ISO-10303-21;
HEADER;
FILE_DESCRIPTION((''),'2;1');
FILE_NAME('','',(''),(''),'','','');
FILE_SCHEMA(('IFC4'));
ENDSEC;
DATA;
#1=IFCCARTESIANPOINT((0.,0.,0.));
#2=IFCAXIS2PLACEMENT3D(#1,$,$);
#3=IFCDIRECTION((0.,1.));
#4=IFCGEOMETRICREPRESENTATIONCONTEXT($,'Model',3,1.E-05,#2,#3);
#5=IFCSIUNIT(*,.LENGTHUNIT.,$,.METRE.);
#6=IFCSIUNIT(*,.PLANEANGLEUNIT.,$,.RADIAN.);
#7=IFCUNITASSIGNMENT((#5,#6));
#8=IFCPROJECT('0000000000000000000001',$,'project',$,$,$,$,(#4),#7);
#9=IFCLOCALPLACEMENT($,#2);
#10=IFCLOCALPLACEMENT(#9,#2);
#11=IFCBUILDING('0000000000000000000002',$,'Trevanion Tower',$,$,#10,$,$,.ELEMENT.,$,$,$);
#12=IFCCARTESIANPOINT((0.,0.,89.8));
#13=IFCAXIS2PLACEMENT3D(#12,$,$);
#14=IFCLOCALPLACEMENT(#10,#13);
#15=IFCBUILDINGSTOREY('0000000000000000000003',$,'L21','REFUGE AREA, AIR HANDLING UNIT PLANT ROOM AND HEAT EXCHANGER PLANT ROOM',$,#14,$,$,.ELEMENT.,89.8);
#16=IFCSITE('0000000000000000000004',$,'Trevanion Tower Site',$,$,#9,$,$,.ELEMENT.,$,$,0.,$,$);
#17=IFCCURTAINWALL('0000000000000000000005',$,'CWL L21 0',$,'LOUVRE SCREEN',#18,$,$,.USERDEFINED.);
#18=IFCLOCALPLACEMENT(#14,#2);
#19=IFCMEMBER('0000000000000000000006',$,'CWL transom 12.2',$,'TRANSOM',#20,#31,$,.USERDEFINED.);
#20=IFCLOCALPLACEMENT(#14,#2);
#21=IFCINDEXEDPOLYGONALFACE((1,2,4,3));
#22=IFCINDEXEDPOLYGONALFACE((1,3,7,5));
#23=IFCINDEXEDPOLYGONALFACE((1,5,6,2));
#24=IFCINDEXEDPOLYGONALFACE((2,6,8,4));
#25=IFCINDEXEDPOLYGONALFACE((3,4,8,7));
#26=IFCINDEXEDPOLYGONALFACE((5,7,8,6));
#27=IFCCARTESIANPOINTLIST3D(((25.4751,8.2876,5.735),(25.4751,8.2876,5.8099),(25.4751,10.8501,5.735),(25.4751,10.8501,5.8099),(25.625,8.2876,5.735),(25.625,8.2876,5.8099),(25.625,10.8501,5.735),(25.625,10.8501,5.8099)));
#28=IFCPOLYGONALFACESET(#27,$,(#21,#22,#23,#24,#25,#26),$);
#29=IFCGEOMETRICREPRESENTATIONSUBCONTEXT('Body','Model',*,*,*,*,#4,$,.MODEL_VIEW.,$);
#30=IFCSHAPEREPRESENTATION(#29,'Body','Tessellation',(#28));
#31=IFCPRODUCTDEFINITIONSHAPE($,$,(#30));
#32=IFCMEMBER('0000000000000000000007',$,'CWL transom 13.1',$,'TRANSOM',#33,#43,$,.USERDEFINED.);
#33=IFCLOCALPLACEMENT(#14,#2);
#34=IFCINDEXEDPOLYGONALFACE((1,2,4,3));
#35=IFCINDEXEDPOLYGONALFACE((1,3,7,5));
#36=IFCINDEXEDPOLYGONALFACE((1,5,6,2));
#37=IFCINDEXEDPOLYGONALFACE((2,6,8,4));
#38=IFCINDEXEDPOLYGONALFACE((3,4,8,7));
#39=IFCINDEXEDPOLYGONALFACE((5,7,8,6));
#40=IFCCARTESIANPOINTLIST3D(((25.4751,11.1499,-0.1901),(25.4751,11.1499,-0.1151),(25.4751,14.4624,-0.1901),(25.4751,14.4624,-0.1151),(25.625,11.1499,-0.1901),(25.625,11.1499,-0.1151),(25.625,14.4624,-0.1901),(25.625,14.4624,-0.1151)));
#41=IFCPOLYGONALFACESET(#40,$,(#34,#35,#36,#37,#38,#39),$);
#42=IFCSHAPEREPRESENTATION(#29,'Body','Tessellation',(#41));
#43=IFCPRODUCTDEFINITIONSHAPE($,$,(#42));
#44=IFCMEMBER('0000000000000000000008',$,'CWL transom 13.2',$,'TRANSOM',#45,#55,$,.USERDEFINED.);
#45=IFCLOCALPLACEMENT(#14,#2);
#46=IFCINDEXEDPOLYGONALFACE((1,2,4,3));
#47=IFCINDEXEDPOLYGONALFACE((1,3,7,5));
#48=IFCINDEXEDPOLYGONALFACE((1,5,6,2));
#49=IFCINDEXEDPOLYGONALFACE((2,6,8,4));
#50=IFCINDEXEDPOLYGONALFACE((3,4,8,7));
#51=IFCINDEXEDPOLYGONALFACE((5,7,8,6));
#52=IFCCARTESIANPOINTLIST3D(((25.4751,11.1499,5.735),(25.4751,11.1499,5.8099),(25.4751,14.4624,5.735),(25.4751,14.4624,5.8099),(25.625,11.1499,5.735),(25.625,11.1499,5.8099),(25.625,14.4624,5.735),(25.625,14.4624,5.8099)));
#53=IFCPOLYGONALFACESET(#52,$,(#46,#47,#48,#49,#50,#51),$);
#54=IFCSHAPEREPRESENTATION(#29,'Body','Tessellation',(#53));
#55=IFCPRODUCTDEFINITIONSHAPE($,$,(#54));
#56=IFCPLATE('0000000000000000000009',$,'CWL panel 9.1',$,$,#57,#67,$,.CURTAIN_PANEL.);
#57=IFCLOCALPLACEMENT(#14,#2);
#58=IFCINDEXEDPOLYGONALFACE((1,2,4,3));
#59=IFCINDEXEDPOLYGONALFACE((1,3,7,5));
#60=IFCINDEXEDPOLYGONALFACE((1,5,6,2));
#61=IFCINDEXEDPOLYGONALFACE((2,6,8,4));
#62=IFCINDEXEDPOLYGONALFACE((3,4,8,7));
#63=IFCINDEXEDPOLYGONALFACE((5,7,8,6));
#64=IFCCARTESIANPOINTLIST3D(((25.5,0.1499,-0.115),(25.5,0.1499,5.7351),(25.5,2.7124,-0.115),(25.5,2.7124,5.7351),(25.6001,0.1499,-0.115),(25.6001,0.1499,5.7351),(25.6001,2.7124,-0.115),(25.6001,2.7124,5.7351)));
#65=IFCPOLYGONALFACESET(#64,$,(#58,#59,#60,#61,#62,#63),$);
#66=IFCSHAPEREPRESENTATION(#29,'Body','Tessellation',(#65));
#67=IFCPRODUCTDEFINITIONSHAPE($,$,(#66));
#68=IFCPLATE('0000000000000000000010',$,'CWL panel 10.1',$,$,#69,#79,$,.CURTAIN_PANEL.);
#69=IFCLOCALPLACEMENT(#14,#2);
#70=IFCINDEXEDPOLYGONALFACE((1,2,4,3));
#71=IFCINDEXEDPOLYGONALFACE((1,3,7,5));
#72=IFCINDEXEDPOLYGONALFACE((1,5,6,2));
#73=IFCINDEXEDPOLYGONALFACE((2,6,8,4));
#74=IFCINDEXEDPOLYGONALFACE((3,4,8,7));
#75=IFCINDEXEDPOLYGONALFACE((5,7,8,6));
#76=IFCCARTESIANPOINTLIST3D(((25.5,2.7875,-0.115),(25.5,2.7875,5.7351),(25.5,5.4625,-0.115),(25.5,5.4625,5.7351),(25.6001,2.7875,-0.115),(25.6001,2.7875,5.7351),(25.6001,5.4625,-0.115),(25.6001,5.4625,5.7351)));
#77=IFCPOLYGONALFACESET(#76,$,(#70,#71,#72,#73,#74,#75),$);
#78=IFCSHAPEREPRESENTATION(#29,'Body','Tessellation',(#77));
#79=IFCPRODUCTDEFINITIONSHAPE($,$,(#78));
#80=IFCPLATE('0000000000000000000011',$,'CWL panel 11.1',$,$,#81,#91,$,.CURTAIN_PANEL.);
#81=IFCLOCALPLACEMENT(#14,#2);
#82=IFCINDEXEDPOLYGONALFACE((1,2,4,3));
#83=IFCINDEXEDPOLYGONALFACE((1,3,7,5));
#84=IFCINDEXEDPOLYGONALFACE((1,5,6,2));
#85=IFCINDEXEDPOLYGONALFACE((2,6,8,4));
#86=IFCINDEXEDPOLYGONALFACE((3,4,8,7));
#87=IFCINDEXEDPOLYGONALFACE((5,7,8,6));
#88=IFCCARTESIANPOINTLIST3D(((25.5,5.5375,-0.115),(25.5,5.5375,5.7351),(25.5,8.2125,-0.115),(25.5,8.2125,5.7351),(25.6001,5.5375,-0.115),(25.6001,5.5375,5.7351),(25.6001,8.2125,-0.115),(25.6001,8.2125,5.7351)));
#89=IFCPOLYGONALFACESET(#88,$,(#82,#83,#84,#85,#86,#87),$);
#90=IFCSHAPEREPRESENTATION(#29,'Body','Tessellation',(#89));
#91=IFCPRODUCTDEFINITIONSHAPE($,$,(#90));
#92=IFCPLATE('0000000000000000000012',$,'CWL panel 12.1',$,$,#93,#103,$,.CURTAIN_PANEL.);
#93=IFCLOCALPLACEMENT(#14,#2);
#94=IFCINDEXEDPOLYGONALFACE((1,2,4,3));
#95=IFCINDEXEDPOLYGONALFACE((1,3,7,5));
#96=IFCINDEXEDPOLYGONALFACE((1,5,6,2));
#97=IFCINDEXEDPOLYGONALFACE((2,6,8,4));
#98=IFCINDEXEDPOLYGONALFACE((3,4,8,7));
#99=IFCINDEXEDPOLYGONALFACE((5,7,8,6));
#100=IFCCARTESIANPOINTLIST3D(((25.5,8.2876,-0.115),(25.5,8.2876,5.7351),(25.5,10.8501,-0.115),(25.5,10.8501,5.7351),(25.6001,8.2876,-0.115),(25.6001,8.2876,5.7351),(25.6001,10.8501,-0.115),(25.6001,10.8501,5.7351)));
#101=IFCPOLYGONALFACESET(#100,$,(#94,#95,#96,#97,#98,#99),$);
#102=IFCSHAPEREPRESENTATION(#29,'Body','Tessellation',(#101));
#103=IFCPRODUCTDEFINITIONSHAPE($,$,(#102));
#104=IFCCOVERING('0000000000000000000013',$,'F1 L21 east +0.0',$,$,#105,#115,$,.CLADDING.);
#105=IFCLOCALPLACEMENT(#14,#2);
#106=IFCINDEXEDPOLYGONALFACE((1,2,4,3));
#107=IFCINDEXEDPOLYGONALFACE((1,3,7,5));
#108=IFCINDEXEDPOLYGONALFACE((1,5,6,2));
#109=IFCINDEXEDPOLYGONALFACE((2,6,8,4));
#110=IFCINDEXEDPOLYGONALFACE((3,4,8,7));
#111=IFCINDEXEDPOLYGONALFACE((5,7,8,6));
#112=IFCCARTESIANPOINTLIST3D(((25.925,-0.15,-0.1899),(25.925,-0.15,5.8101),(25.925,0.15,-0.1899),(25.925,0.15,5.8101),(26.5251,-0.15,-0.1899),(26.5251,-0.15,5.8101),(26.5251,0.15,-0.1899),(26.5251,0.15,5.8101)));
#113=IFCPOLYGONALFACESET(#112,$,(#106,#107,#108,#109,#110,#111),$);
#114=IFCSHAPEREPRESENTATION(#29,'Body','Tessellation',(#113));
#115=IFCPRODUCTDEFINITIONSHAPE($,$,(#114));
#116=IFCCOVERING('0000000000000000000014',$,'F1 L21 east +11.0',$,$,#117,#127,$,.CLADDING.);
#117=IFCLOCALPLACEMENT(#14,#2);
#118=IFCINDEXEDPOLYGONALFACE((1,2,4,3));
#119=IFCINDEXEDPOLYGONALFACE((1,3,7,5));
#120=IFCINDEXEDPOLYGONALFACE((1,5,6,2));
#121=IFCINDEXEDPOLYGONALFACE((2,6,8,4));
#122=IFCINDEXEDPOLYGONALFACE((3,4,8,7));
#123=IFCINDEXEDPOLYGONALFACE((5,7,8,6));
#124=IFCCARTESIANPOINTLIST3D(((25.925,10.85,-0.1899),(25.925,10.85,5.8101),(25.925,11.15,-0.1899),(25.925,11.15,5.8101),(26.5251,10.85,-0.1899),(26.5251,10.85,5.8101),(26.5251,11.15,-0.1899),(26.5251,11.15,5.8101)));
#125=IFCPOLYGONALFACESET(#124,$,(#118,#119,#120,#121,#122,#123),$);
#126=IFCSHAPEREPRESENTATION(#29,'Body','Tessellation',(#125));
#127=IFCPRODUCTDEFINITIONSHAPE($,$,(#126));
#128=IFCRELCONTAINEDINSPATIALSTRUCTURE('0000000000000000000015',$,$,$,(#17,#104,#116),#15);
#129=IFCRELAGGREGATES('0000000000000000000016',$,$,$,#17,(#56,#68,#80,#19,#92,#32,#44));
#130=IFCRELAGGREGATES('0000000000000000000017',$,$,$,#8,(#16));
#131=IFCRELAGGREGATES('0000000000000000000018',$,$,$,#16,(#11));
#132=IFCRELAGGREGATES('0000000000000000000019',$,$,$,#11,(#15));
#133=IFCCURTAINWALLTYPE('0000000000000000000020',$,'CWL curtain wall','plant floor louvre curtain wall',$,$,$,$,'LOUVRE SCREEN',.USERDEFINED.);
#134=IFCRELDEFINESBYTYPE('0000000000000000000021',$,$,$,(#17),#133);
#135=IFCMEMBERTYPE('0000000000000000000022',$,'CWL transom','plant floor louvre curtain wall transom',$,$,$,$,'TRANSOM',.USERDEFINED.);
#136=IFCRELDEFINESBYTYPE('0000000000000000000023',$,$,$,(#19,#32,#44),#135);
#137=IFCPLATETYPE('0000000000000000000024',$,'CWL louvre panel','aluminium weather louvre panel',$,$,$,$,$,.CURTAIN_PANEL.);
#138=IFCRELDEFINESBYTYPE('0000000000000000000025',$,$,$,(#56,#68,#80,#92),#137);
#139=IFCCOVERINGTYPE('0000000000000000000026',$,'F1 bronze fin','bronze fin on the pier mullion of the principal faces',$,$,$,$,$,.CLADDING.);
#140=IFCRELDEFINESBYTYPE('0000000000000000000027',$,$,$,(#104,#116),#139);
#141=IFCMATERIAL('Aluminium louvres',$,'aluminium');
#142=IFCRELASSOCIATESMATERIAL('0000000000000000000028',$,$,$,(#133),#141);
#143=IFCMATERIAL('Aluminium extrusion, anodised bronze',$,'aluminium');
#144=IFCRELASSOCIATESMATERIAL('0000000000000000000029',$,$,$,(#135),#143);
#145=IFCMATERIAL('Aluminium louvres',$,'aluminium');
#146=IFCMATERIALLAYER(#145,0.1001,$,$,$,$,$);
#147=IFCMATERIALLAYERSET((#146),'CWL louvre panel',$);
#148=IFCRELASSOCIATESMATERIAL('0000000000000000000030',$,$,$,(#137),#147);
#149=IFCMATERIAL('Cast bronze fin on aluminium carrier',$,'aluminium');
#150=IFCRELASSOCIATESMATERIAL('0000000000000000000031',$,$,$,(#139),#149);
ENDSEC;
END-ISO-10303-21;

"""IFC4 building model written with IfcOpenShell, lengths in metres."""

from ifc_helpers import new_model, si_unit, direction, frame, origin, origin_2d, place, context, subcontext, project, spatial, rectangle, extrude, material, layer, layer_set, material_profile, profile_set, type_object, element, aggregate, save


model = new_model("IFC4")

# Units and contexts
model_context = context("Model", 3, precision=1e-05, world=origin(), true_north=direction((0.0, 1.0)))
body_context = subcontext(model_context, "Body", "Model", "MODEL_VIEW")
ifc_project = project(units=[si_unit("LENGTHUNIT", "METRE"), si_unit("PLANEANGLEUNIT", "RADIAN")], contexts=[model_context])

# Site, building, storey
site_placement = place(None, origin())
site = spatial("IfcSite", under=ifc_project, at=site_placement, Name="Trevanion Tower Site", CompositionType="ELEMENT", RefElevation=0.0)
building_placement = place(site_placement, origin())
building = spatial("IfcBuilding", under=site, at=building_placement, Name="Trevanion Tower", CompositionType="ELEMENT")
storey_placement = place(building_placement, frame((0.0, 0.0, 89.8)))
storey = spatial("IfcBuildingStorey", under=building, at=storey_placement, Name="L21", Description="REFUGE AREA, AIR HANDLING UNIT PLANT ROOM AND HEAT EXCHANGER PLANT ROOM", CompositionType="ELEMENT", Elevation=89.8)

# Curtain wall, members, plates
ifc_material_1 = material(Name="Aluminium louvres", Category="aluminium")
curtain_wall_type = type_object("IfcCurtainWallType", Name="CWL curtain wall", Description="plant floor louvre curtain wall", ElementType="LOUVRE SCREEN", PredefinedType="USERDEFINED", material=ifc_material_1)
curtain_wall_placement = place(storey_placement, origin())
curtain_wall = element("IfcCurtainWall", 1, at=curtain_wall_placement, inside=storey, type_object=curtain_wall_type, Name="CWL L21 0", ObjectType="LOUVRE SCREEN", PredefinedType="USERDEFINED")
ifc_material_2 = material(Name="Aluminium extrusion, anodised bronze", Category="aluminium")
ifc_material_profile_1 = material_profile(ifc_material_2, rectangle(XDim=0.1499, YDim=0.075, at=origin_2d()), Name="CWL transom")
ifc_profile_set_1 = profile_set([ifc_material_profile_1], Name="Aluminium extrusion, anodised bronze")
member_type_1 = type_object("IfcMemberType", Name="CWL transom", Description="plant floor louvre curtain wall transom", ElementType="TRANSOM", PredefinedType="USERDEFINED", material=ifc_profile_set_1)
member_1_placement = place(storey_placement, frame((25.55, 8.2876, 5.7725), z_axis=(0.0, 1.0, 0.0), x_axis=(-1.0, 0.0, 0.0)))
member_1 = element("IfcMember", 2, at=member_1_placement, type_object=member_type_1, Name="CWL transom 12.2", ObjectType="TRANSOM", PredefinedType="USERDEFINED", context=body_context, shape_type="SweptSolid", body=[
    extrude(rectangle(XDim=0.1499, YDim=0.075, at=origin_2d()), origin(), (0.0, 0.0, 1.0), 2.5625),
])
member_2_placement = place(storey_placement, frame((25.55, 11.1499, -0.1526), z_axis=(0.0, 1.0, 0.0), x_axis=(-1.0, 0.0, 0.0)))
member_2 = element("IfcMember", 3, at=member_2_placement, type_object=member_type_1, Name="CWL transom 13.1", ObjectType="TRANSOM", PredefinedType="USERDEFINED", context=body_context, shape_type="SweptSolid", body=[
    extrude(rectangle(XDim=0.1499, YDim=0.075, at=origin_2d()), origin(), (0.0, 0.0, 1.0), 3.3125),
])
member_3_placement = place(storey_placement, frame((25.55, 11.1499, 5.7725), z_axis=(0.0, 1.0, 0.0), x_axis=(-1.0, 0.0, 0.0)))
member_3 = element("IfcMember", 4, at=member_3_placement, type_object=member_type_1, Name="CWL transom 13.2", ObjectType="TRANSOM", PredefinedType="USERDEFINED", context=body_context, shape_type="SweptSolid", body=[
    extrude(rectangle(XDim=0.1499, YDim=0.075, at=origin_2d()), origin(), (0.0, 0.0, 1.0), 3.3125),
])
ifc_material_3 = material(Name="Aluminium louvres", Category="aluminium")
ifc_layer = layer(ifc_material_3, 0.1001)
ifc_layer_set = layer_set([ifc_layer], Name="CWL louvre panel")
plate_type = type_object("IfcPlateType", Name="CWL louvre panel", Description="aluminium weather louvre panel", PredefinedType="CURTAIN_PANEL", material=ifc_layer_set)
plate_1_placement = place(storey_placement, frame((25.55, 1.4312, -0.115), z_axis=(0.0, 0.0, 1.0), x_axis=(0.0, 1.0, 0.0)))
plate_1 = element("IfcPlate", 5, at=plate_1_placement, type_object=plate_type, Name="CWL panel 9.1", PredefinedType="CURTAIN_PANEL", context=body_context, shape_type="SweptSolid", body=[
    extrude(rectangle(XDim=2.5625, YDim=0.1001, at=origin_2d()), origin(), (0.0, 0.0, 1.0), 5.8501),
])
plate_2_placement = place(storey_placement, frame((25.55, 4.125, -0.115), z_axis=(0.0, 0.0, 1.0), x_axis=(0.0, 1.0, 0.0)))
plate_2 = element("IfcPlate", 6, at=plate_2_placement, type_object=plate_type, Name="CWL panel 10.1", PredefinedType="CURTAIN_PANEL", context=body_context, shape_type="SweptSolid", body=[
    extrude(rectangle(XDim=2.675, YDim=0.1001, at=origin_2d()), origin(), (0.0, 0.0, 1.0), 5.8501),
])
plate_3_placement = place(storey_placement, frame((25.55, 6.875, -0.115), z_axis=(0.0, 0.0, 1.0), x_axis=(0.0, 1.0, 0.0)))
plate_3 = element("IfcPlate", 7, at=plate_3_placement, type_object=plate_type, Name="CWL panel 11.1", PredefinedType="CURTAIN_PANEL", context=body_context, shape_type="SweptSolid", body=[
    extrude(rectangle(XDim=2.675, YDim=0.1001, at=origin_2d()), origin(), (0.0, 0.0, 1.0), 5.8501),
])
plate_4_placement = place(storey_placement, frame((25.55, 9.5688, -0.115), z_axis=(0.0, 0.0, 1.0), x_axis=(0.0, 1.0, 0.0)))
plate_4 = element("IfcPlate", 8, at=plate_4_placement, type_object=plate_type, Name="CWL panel 12.1", PredefinedType="CURTAIN_PANEL", context=body_context, shape_type="SweptSolid", body=[
    extrude(rectangle(XDim=2.5625, YDim=0.1001, at=origin_2d()), origin(), (0.0, 0.0, 1.0), 5.8501),
])
aggregate(curtain_wall, [plate_1, plate_2, plate_3, member_1, plate_4, member_2, member_3])

# Coverings
ifc_material_4 = material(Name="Cast bronze fin on aluminium carrier", Category="aluminium")
covering_type = type_object("IfcCoveringType", Name="F1 bronze fin", Description="bronze fin on the pier mullion of the principal faces", PredefinedType="CLADDING", material=ifc_material_4)
for number, where, z_axis, x_axis, name in (
    (9, (26.2251, 0.0, -0.1899), (0.0, 0.0, 1.0), (0.0, 1.0, 0.0), "F1 L21 east +0.0"),
    (10, (26.2251, 11.0, -0.1899), (0.0, 0.0, 1.0), (0.0, 1.0, 0.0), "F1 L21 east +11.0"),
):
    element("IfcCovering", number, at=place(storey_placement, frame(where, z_axis=z_axis, x_axis=x_axis)), inside=storey, type_object=covering_type, Name=name, PredefinedType="CLADDING", context=body_context, shape_type="SweptSolid", body=[
        extrude(rectangle(XDim=0.3, YDim=0.6001, at=origin_2d()), origin(), (0.0, 0.0, 1.0), 6.0),
    ])

save(model, "model.ifc")
